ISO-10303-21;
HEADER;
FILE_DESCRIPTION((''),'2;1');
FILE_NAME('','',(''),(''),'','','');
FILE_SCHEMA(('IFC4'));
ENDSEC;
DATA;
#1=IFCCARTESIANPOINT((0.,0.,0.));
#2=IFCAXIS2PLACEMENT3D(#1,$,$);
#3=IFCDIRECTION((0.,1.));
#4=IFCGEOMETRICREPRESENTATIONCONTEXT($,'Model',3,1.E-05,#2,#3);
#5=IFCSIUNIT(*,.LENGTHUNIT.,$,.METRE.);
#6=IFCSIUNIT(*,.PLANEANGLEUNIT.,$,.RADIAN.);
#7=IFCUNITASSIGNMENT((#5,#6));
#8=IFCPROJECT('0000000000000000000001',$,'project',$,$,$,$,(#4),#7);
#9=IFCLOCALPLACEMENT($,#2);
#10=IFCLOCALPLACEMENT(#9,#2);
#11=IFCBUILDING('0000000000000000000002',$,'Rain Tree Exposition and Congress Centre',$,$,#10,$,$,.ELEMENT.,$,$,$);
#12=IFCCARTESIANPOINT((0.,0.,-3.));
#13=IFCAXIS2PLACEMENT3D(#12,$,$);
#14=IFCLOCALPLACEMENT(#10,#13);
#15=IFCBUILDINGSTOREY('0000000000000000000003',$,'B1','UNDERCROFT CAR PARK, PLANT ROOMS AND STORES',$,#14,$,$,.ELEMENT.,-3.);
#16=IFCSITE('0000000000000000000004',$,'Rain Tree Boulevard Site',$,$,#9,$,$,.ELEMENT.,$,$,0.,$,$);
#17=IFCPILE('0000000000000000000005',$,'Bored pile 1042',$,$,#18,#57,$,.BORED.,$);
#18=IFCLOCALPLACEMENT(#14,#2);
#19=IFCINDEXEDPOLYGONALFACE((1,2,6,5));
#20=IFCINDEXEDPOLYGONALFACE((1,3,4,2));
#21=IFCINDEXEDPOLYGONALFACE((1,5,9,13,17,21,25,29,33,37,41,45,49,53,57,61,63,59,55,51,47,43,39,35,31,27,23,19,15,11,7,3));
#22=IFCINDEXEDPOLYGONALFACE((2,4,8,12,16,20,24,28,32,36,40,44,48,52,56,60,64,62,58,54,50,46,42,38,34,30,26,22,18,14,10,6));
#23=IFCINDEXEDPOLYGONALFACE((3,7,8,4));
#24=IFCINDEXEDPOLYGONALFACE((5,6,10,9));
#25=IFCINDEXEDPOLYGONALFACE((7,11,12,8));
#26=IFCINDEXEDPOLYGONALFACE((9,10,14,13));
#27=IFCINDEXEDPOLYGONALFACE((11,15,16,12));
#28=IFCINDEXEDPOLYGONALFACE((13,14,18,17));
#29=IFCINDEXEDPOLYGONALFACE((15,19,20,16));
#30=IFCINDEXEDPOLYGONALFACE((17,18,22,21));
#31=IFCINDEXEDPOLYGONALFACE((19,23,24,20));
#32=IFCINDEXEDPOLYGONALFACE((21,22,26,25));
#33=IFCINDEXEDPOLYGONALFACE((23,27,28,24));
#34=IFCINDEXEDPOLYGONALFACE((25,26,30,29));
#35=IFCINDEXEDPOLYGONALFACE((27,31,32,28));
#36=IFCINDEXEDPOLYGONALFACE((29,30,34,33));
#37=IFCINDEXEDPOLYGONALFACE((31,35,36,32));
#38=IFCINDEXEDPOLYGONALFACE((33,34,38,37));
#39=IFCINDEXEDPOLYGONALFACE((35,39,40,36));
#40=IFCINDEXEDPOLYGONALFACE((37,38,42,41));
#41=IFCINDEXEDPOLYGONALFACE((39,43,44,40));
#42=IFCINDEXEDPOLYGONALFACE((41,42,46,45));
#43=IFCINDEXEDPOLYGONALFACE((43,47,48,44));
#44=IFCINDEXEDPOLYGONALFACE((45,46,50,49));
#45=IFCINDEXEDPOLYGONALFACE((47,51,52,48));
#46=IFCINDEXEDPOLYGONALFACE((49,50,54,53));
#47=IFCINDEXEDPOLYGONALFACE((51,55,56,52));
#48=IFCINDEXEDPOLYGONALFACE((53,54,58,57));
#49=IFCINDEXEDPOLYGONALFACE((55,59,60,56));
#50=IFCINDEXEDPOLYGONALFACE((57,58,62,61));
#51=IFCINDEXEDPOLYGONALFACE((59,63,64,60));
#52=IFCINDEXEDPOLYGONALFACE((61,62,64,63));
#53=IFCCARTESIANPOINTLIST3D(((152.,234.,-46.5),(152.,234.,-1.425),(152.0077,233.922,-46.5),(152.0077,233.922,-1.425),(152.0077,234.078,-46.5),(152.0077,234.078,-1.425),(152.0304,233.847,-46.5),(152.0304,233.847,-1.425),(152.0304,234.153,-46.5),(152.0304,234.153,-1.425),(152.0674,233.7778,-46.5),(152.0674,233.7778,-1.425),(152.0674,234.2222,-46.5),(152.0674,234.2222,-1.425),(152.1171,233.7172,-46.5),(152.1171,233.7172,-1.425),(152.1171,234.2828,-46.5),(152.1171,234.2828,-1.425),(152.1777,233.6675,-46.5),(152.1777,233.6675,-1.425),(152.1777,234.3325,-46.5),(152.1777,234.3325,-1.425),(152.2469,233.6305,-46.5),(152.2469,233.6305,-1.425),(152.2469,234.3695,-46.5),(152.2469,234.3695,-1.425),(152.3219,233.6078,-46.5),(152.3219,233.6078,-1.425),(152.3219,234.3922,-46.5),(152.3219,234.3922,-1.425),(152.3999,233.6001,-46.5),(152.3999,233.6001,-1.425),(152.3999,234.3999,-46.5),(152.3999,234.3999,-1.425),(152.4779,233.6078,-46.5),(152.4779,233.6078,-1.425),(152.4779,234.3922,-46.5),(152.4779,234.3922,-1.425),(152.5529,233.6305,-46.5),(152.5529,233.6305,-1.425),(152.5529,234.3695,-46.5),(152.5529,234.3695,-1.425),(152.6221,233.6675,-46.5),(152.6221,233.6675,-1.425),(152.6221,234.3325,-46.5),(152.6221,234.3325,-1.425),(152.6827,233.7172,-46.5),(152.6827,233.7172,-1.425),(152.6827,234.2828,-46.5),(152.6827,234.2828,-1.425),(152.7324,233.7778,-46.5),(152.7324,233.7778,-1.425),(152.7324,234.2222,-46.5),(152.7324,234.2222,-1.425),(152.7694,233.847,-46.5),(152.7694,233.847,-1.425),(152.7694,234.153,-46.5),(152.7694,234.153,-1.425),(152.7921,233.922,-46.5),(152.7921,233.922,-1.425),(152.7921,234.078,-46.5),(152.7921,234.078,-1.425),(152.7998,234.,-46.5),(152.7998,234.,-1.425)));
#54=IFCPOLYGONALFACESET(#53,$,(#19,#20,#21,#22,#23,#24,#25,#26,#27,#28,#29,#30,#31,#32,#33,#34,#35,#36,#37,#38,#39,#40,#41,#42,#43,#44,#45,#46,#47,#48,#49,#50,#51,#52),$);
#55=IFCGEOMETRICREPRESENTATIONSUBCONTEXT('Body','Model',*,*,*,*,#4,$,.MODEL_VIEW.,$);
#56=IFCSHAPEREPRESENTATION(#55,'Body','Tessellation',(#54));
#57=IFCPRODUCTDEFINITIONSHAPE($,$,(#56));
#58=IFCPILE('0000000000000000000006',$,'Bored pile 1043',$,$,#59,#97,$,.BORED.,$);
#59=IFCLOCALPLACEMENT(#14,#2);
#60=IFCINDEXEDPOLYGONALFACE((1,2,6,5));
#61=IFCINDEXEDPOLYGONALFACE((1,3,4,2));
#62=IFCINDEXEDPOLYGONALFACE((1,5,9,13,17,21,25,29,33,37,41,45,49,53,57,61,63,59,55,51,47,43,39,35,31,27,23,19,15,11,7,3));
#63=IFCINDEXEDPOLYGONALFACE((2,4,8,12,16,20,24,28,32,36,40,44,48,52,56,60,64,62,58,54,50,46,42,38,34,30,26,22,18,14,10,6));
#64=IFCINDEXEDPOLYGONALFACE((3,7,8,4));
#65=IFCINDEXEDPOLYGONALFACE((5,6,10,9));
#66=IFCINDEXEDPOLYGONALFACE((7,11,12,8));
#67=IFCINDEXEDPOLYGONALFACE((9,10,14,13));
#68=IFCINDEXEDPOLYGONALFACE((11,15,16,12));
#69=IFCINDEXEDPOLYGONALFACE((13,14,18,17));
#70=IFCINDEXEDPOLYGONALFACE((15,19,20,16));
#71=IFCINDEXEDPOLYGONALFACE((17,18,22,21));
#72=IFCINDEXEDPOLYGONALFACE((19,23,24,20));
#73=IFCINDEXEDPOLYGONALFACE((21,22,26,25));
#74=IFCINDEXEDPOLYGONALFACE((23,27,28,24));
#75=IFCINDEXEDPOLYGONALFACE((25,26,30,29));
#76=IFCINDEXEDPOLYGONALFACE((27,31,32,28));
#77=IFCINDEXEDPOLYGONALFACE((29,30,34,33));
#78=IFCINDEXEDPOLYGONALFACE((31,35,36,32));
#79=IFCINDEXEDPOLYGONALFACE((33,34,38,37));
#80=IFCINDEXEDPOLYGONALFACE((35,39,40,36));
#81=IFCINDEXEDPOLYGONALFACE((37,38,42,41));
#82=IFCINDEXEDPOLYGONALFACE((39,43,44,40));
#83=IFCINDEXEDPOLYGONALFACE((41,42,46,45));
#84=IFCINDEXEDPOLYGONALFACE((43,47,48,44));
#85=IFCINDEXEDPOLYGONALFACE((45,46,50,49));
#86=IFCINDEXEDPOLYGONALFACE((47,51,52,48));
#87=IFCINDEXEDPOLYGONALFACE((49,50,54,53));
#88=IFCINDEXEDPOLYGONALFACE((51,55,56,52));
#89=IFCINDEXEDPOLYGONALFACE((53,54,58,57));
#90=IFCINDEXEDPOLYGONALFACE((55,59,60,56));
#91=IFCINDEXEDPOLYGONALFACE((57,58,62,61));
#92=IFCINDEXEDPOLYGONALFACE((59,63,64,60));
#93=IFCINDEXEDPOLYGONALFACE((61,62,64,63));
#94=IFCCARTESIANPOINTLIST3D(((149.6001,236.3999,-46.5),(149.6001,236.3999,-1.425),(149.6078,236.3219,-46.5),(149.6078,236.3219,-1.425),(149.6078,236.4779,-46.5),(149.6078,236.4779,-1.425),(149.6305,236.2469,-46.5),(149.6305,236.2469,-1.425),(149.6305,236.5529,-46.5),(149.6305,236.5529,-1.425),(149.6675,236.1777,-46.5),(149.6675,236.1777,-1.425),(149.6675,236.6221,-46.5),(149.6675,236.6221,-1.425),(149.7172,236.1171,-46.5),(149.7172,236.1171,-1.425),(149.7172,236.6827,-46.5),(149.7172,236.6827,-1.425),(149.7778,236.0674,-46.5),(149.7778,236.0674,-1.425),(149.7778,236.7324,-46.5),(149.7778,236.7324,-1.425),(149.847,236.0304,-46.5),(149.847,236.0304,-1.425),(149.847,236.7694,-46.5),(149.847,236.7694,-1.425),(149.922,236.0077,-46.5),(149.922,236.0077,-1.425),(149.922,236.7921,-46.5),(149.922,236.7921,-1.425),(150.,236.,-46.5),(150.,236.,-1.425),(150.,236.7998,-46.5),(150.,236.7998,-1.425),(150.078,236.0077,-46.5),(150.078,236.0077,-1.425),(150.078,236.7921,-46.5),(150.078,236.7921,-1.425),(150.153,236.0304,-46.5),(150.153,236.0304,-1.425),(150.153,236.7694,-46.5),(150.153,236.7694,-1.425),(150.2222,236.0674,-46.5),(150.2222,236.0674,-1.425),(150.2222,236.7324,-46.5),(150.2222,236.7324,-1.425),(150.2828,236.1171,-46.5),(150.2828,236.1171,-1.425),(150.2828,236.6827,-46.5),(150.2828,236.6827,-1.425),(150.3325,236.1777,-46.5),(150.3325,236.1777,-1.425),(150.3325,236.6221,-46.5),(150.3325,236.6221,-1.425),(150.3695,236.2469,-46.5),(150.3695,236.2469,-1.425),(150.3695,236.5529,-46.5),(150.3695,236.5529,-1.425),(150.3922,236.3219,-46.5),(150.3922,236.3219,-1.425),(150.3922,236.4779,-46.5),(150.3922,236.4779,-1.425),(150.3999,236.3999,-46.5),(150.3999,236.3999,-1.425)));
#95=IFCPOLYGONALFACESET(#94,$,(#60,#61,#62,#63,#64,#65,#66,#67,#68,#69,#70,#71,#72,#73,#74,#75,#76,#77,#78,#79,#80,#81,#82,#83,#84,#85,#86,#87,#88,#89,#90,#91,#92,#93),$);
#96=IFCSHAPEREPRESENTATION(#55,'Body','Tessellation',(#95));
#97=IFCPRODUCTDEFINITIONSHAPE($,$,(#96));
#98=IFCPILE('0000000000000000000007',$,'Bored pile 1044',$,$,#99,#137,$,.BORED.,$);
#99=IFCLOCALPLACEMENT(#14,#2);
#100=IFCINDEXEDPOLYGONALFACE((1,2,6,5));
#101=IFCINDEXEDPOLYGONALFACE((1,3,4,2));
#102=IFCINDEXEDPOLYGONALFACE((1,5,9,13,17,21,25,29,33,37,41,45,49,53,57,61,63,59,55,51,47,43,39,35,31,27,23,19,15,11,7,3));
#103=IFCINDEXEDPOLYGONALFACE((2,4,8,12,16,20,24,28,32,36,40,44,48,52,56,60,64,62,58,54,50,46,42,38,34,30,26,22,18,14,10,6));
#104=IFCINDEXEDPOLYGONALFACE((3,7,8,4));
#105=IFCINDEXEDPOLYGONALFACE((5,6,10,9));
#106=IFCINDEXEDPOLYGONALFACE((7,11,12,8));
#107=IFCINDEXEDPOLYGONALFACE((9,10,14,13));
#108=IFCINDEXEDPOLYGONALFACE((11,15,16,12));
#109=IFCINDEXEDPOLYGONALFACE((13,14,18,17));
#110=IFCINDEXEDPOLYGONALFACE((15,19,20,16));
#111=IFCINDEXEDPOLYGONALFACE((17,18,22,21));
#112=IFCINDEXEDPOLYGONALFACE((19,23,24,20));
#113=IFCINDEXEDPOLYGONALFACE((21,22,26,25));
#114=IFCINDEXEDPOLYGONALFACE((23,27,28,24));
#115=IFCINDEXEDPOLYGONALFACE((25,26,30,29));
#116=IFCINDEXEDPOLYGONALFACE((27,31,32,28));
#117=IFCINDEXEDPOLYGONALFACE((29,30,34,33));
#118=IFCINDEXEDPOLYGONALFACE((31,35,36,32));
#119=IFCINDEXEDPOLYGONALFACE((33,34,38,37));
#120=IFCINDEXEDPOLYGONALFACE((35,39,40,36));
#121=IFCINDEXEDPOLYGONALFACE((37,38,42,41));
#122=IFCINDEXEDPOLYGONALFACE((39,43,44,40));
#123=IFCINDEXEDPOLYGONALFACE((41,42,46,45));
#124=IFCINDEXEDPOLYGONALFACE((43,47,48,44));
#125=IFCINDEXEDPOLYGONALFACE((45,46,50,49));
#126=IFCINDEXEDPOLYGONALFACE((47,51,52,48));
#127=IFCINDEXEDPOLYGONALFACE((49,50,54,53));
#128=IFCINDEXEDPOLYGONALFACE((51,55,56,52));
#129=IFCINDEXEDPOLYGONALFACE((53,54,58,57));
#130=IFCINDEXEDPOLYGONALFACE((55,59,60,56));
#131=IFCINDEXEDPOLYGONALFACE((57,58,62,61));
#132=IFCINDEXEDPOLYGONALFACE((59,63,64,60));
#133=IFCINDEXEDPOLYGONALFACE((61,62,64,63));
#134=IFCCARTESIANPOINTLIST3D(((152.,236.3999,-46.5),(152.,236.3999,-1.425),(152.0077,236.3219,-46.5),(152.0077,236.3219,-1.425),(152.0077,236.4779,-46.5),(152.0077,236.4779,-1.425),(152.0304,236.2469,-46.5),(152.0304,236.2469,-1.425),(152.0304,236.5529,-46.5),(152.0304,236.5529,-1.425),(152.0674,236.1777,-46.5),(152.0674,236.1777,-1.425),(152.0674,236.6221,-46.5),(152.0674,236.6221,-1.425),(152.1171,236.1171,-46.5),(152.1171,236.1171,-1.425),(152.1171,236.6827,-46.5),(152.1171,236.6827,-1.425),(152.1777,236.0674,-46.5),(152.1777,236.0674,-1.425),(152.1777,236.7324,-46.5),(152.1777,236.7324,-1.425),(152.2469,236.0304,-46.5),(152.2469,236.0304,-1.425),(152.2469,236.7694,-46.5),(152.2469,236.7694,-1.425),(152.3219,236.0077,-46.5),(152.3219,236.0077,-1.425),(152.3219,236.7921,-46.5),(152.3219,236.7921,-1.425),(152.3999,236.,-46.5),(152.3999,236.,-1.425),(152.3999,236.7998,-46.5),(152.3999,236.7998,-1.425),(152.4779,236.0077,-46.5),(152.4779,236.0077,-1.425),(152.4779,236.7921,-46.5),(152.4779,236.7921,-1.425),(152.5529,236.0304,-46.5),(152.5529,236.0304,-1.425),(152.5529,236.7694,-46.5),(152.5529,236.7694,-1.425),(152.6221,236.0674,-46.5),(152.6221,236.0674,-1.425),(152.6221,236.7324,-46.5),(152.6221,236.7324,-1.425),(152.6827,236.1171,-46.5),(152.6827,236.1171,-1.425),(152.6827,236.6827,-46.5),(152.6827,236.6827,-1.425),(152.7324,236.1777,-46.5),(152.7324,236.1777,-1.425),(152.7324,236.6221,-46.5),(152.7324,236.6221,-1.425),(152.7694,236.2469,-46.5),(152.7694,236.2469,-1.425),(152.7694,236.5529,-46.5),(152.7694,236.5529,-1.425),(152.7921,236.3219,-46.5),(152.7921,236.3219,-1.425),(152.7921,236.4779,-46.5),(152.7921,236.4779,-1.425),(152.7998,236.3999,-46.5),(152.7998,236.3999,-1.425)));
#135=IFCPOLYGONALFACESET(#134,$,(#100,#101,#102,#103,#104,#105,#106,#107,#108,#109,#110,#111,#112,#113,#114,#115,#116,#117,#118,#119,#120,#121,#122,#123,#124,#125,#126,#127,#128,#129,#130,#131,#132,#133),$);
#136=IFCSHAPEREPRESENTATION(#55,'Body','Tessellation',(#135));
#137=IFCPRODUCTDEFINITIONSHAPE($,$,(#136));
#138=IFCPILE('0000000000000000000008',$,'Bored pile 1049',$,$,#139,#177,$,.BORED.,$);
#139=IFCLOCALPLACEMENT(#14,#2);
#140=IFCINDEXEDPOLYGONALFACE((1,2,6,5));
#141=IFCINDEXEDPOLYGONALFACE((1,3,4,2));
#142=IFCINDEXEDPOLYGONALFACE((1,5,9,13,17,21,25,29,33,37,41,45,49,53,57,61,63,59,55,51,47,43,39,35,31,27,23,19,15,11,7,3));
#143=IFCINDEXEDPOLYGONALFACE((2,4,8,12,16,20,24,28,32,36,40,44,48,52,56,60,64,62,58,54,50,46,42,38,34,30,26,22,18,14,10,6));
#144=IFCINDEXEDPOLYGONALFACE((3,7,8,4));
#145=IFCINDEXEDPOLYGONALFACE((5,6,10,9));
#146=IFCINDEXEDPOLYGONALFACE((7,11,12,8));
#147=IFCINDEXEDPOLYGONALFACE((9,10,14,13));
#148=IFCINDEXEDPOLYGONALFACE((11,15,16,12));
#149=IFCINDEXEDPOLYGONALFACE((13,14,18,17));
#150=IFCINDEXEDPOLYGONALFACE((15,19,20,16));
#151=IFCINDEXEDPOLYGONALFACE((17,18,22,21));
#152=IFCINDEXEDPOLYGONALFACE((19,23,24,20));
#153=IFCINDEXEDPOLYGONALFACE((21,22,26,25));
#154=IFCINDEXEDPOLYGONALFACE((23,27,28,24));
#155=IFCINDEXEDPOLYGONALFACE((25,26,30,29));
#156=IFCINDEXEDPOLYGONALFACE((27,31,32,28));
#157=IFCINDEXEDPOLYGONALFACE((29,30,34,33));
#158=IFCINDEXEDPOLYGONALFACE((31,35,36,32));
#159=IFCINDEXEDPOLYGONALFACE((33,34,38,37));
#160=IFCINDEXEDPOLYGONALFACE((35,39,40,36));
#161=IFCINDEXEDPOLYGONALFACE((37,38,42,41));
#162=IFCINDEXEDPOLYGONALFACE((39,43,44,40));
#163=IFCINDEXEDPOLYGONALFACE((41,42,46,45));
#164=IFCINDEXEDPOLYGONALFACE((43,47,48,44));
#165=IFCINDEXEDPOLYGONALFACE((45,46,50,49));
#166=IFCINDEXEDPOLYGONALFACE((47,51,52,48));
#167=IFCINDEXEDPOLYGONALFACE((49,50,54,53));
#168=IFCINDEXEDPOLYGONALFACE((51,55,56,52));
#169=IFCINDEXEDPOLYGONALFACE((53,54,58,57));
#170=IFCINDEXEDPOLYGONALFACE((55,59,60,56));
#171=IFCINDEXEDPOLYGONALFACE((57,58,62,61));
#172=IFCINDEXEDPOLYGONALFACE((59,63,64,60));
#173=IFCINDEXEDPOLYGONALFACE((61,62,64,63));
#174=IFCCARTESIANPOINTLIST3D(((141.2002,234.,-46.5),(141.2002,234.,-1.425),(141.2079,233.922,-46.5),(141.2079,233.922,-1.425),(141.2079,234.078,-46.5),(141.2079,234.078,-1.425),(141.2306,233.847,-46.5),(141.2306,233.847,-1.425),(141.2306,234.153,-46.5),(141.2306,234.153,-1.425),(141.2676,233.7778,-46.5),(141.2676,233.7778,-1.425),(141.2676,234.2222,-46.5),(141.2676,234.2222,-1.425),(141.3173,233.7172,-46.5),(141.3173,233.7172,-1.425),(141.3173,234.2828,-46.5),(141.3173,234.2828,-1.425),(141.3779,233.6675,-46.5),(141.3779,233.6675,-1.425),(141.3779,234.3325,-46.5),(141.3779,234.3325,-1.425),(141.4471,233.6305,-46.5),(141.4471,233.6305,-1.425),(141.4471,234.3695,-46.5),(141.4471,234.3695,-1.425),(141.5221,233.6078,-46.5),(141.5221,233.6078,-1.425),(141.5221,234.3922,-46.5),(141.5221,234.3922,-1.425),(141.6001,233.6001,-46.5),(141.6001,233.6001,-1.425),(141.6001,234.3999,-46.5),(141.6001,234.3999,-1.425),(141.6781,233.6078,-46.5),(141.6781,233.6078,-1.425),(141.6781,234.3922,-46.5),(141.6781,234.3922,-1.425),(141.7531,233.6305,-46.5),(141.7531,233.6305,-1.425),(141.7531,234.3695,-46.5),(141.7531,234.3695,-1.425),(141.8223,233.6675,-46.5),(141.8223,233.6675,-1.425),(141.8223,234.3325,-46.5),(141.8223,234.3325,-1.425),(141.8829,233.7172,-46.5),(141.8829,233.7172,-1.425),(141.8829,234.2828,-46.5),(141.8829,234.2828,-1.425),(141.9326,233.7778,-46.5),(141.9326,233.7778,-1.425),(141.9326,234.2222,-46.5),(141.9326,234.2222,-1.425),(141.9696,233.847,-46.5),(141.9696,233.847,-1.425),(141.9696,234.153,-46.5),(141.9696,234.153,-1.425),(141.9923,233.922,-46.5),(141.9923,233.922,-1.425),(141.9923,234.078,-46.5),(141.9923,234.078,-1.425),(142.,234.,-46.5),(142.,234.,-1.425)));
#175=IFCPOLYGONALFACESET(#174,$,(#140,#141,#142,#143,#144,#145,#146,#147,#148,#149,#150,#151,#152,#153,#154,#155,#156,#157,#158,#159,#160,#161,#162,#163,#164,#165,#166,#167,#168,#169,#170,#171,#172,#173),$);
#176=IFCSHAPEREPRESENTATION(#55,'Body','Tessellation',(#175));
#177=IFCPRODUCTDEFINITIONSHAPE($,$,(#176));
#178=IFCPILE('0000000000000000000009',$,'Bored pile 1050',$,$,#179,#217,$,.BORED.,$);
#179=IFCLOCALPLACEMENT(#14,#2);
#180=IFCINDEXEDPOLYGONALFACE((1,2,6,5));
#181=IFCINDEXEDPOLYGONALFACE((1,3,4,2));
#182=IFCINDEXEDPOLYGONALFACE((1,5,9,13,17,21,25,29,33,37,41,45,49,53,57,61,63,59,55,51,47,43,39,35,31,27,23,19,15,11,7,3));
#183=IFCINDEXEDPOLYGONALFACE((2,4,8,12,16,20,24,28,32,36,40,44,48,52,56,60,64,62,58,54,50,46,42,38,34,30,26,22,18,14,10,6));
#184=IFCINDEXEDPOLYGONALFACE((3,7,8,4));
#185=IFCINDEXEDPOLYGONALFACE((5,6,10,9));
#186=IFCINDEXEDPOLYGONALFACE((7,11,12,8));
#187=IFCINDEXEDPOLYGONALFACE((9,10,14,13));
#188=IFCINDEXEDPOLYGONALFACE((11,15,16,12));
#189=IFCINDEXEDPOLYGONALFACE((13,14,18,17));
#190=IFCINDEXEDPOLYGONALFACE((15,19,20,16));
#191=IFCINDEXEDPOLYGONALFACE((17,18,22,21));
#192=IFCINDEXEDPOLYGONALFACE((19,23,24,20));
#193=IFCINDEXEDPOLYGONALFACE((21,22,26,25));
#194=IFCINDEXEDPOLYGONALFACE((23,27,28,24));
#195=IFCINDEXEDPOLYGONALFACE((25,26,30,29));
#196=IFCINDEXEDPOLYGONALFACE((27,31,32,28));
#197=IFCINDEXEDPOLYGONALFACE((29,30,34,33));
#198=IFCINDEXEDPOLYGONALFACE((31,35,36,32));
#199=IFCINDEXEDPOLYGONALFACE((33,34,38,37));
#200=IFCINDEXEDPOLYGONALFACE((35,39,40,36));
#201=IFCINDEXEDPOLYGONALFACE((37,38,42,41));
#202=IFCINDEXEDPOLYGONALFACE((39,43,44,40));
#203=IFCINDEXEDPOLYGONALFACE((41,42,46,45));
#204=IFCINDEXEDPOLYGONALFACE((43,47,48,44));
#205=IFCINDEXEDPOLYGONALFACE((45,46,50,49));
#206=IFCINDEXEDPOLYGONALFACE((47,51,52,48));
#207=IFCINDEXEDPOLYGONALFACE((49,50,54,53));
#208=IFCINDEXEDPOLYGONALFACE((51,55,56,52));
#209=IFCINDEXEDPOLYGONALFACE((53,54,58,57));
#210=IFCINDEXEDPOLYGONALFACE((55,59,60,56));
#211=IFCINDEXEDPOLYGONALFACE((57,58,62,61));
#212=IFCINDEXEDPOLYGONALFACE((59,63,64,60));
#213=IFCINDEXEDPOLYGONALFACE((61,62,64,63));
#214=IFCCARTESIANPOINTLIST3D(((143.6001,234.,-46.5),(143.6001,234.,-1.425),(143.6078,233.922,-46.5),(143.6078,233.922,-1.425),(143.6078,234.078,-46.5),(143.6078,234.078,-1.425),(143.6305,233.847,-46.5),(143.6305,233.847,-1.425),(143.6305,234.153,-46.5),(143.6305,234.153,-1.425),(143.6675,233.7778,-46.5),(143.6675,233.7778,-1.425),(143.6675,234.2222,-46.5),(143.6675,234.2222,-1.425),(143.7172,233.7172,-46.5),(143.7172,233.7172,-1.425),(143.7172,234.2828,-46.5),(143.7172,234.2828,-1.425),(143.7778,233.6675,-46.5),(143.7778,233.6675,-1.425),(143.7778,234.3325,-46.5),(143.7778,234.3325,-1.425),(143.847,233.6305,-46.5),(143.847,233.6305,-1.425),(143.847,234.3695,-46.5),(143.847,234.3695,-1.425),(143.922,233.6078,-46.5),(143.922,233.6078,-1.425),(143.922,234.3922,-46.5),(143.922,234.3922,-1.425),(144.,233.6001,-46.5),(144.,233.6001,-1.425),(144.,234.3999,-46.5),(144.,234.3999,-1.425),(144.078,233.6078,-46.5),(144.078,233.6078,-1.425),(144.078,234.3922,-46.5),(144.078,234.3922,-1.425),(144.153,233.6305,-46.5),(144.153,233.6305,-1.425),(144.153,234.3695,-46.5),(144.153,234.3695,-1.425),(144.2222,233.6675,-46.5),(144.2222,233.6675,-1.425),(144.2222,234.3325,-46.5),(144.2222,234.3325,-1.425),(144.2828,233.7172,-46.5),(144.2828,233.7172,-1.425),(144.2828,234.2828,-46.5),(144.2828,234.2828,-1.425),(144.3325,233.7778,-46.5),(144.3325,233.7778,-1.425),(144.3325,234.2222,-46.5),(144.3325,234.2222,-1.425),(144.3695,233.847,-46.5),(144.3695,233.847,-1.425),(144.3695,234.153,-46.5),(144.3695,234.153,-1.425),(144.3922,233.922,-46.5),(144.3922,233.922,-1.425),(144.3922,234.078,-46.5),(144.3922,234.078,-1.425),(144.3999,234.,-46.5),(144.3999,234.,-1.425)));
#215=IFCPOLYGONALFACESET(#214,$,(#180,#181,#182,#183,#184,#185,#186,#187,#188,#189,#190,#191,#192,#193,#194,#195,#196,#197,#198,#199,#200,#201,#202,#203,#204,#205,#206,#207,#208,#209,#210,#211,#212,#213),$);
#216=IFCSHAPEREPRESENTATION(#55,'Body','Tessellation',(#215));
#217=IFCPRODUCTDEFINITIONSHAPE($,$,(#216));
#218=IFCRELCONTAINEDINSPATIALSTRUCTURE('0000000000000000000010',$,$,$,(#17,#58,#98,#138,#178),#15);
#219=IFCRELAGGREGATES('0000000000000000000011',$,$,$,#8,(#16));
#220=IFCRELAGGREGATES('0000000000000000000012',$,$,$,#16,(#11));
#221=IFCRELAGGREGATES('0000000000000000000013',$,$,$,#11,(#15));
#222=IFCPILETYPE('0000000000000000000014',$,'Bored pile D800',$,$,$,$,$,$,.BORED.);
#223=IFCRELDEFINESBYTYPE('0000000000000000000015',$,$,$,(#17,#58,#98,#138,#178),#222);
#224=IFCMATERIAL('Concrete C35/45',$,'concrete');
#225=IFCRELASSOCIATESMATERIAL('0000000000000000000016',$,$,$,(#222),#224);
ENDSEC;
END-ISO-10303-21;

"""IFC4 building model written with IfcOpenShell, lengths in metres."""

from ifc_helpers import new_model, si_unit, direction, frame, origin, origin_2d, place, context, subcontext, project, spatial, circle, extrude, material, material_profile, profile_set, type_object, element, save


model = new_model("IFC4")

# Units and contexts
model_context = context("Model", 3, precision=1e-05, world=origin(), true_north=direction((0.0, 1.0)))
body_context = subcontext(model_context, "Body", "Model", "MODEL_VIEW")
ifc_project = project(units=[si_unit("LENGTHUNIT", "METRE"), si_unit("PLANEANGLEUNIT", "RADIAN")], contexts=[model_context])

# Site, building, storey
site_placement = place(None, origin())
site = spatial("IfcSite", under=ifc_project, at=site_placement, Name="Rain Tree Boulevard Site", CompositionType="ELEMENT", RefElevation=0.0)
building_placement = place(site_placement, origin())
building = spatial("IfcBuilding", under=site, at=building_placement, Name="Rain Tree Exposition and Congress Centre", CompositionType="ELEMENT")
storey_placement = place(building_placement, frame((0.0, 0.0, -3.0)))
storey = spatial("IfcBuildingStorey", under=building, at=storey_placement, Name="B1", Description="UNDERCROFT CAR PARK, PLANT ROOMS AND STORES", CompositionType="ELEMENT", Elevation=-3.0)

# Piles
ifc_material_1 = material(Name="Concrete C35/45", Category="concrete")
ifc_material_profile_1 = material_profile(ifc_material_1, circle(Radius=0.3999, at=origin_2d()), Name="D800")
ifc_profile_set_1 = profile_set([ifc_material_profile_1], Name="Concrete C35/45")
pile_type = type_object("IfcPileType", Name="Bored pile D800", PredefinedType="BORED", material=ifc_profile_set_1)
for number, where, z_axis, x_axis, name in (
    (1, (152.3999, 234.0, -1.425), (0.0, 0.0, -1.0), (1.0, 0.0, 0.0), "Bored pile 1042"),
    (2, (150.0, 236.3999, -1.425), (0.0, 0.0, -1.0), (1.0, 0.0, 0.0), "Bored pile 1043"),
    (3, (152.3999, 236.3999, -1.425), (0.0, 0.0, -1.0), (1.0, 0.0, 0.0), "Bored pile 1044"),
    (4, (141.6001, 234.0, -1.425), (0.0, 0.0, -1.0), (1.0, 0.0, 0.0), "Bored pile 1049"),
    (5, (144.0, 234.0, -1.425), (0.0, 0.0, -1.0), (1.0, 0.0, 0.0), "Bored pile 1050"),
):
    element("IfcPile", number, at=place(storey_placement, frame(where, z_axis=z_axis, x_axis=x_axis)), inside=storey, type_object=pile_type, Name=name, PredefinedType="BORED", context=body_context, shape_type="SweptSolid", body=[
        extrude(circle(Radius=0.3999, at=origin_2d()), origin(), (0.0, 0.0, 1.0), 45.075),
    ])

save(model, "model.ifc")
